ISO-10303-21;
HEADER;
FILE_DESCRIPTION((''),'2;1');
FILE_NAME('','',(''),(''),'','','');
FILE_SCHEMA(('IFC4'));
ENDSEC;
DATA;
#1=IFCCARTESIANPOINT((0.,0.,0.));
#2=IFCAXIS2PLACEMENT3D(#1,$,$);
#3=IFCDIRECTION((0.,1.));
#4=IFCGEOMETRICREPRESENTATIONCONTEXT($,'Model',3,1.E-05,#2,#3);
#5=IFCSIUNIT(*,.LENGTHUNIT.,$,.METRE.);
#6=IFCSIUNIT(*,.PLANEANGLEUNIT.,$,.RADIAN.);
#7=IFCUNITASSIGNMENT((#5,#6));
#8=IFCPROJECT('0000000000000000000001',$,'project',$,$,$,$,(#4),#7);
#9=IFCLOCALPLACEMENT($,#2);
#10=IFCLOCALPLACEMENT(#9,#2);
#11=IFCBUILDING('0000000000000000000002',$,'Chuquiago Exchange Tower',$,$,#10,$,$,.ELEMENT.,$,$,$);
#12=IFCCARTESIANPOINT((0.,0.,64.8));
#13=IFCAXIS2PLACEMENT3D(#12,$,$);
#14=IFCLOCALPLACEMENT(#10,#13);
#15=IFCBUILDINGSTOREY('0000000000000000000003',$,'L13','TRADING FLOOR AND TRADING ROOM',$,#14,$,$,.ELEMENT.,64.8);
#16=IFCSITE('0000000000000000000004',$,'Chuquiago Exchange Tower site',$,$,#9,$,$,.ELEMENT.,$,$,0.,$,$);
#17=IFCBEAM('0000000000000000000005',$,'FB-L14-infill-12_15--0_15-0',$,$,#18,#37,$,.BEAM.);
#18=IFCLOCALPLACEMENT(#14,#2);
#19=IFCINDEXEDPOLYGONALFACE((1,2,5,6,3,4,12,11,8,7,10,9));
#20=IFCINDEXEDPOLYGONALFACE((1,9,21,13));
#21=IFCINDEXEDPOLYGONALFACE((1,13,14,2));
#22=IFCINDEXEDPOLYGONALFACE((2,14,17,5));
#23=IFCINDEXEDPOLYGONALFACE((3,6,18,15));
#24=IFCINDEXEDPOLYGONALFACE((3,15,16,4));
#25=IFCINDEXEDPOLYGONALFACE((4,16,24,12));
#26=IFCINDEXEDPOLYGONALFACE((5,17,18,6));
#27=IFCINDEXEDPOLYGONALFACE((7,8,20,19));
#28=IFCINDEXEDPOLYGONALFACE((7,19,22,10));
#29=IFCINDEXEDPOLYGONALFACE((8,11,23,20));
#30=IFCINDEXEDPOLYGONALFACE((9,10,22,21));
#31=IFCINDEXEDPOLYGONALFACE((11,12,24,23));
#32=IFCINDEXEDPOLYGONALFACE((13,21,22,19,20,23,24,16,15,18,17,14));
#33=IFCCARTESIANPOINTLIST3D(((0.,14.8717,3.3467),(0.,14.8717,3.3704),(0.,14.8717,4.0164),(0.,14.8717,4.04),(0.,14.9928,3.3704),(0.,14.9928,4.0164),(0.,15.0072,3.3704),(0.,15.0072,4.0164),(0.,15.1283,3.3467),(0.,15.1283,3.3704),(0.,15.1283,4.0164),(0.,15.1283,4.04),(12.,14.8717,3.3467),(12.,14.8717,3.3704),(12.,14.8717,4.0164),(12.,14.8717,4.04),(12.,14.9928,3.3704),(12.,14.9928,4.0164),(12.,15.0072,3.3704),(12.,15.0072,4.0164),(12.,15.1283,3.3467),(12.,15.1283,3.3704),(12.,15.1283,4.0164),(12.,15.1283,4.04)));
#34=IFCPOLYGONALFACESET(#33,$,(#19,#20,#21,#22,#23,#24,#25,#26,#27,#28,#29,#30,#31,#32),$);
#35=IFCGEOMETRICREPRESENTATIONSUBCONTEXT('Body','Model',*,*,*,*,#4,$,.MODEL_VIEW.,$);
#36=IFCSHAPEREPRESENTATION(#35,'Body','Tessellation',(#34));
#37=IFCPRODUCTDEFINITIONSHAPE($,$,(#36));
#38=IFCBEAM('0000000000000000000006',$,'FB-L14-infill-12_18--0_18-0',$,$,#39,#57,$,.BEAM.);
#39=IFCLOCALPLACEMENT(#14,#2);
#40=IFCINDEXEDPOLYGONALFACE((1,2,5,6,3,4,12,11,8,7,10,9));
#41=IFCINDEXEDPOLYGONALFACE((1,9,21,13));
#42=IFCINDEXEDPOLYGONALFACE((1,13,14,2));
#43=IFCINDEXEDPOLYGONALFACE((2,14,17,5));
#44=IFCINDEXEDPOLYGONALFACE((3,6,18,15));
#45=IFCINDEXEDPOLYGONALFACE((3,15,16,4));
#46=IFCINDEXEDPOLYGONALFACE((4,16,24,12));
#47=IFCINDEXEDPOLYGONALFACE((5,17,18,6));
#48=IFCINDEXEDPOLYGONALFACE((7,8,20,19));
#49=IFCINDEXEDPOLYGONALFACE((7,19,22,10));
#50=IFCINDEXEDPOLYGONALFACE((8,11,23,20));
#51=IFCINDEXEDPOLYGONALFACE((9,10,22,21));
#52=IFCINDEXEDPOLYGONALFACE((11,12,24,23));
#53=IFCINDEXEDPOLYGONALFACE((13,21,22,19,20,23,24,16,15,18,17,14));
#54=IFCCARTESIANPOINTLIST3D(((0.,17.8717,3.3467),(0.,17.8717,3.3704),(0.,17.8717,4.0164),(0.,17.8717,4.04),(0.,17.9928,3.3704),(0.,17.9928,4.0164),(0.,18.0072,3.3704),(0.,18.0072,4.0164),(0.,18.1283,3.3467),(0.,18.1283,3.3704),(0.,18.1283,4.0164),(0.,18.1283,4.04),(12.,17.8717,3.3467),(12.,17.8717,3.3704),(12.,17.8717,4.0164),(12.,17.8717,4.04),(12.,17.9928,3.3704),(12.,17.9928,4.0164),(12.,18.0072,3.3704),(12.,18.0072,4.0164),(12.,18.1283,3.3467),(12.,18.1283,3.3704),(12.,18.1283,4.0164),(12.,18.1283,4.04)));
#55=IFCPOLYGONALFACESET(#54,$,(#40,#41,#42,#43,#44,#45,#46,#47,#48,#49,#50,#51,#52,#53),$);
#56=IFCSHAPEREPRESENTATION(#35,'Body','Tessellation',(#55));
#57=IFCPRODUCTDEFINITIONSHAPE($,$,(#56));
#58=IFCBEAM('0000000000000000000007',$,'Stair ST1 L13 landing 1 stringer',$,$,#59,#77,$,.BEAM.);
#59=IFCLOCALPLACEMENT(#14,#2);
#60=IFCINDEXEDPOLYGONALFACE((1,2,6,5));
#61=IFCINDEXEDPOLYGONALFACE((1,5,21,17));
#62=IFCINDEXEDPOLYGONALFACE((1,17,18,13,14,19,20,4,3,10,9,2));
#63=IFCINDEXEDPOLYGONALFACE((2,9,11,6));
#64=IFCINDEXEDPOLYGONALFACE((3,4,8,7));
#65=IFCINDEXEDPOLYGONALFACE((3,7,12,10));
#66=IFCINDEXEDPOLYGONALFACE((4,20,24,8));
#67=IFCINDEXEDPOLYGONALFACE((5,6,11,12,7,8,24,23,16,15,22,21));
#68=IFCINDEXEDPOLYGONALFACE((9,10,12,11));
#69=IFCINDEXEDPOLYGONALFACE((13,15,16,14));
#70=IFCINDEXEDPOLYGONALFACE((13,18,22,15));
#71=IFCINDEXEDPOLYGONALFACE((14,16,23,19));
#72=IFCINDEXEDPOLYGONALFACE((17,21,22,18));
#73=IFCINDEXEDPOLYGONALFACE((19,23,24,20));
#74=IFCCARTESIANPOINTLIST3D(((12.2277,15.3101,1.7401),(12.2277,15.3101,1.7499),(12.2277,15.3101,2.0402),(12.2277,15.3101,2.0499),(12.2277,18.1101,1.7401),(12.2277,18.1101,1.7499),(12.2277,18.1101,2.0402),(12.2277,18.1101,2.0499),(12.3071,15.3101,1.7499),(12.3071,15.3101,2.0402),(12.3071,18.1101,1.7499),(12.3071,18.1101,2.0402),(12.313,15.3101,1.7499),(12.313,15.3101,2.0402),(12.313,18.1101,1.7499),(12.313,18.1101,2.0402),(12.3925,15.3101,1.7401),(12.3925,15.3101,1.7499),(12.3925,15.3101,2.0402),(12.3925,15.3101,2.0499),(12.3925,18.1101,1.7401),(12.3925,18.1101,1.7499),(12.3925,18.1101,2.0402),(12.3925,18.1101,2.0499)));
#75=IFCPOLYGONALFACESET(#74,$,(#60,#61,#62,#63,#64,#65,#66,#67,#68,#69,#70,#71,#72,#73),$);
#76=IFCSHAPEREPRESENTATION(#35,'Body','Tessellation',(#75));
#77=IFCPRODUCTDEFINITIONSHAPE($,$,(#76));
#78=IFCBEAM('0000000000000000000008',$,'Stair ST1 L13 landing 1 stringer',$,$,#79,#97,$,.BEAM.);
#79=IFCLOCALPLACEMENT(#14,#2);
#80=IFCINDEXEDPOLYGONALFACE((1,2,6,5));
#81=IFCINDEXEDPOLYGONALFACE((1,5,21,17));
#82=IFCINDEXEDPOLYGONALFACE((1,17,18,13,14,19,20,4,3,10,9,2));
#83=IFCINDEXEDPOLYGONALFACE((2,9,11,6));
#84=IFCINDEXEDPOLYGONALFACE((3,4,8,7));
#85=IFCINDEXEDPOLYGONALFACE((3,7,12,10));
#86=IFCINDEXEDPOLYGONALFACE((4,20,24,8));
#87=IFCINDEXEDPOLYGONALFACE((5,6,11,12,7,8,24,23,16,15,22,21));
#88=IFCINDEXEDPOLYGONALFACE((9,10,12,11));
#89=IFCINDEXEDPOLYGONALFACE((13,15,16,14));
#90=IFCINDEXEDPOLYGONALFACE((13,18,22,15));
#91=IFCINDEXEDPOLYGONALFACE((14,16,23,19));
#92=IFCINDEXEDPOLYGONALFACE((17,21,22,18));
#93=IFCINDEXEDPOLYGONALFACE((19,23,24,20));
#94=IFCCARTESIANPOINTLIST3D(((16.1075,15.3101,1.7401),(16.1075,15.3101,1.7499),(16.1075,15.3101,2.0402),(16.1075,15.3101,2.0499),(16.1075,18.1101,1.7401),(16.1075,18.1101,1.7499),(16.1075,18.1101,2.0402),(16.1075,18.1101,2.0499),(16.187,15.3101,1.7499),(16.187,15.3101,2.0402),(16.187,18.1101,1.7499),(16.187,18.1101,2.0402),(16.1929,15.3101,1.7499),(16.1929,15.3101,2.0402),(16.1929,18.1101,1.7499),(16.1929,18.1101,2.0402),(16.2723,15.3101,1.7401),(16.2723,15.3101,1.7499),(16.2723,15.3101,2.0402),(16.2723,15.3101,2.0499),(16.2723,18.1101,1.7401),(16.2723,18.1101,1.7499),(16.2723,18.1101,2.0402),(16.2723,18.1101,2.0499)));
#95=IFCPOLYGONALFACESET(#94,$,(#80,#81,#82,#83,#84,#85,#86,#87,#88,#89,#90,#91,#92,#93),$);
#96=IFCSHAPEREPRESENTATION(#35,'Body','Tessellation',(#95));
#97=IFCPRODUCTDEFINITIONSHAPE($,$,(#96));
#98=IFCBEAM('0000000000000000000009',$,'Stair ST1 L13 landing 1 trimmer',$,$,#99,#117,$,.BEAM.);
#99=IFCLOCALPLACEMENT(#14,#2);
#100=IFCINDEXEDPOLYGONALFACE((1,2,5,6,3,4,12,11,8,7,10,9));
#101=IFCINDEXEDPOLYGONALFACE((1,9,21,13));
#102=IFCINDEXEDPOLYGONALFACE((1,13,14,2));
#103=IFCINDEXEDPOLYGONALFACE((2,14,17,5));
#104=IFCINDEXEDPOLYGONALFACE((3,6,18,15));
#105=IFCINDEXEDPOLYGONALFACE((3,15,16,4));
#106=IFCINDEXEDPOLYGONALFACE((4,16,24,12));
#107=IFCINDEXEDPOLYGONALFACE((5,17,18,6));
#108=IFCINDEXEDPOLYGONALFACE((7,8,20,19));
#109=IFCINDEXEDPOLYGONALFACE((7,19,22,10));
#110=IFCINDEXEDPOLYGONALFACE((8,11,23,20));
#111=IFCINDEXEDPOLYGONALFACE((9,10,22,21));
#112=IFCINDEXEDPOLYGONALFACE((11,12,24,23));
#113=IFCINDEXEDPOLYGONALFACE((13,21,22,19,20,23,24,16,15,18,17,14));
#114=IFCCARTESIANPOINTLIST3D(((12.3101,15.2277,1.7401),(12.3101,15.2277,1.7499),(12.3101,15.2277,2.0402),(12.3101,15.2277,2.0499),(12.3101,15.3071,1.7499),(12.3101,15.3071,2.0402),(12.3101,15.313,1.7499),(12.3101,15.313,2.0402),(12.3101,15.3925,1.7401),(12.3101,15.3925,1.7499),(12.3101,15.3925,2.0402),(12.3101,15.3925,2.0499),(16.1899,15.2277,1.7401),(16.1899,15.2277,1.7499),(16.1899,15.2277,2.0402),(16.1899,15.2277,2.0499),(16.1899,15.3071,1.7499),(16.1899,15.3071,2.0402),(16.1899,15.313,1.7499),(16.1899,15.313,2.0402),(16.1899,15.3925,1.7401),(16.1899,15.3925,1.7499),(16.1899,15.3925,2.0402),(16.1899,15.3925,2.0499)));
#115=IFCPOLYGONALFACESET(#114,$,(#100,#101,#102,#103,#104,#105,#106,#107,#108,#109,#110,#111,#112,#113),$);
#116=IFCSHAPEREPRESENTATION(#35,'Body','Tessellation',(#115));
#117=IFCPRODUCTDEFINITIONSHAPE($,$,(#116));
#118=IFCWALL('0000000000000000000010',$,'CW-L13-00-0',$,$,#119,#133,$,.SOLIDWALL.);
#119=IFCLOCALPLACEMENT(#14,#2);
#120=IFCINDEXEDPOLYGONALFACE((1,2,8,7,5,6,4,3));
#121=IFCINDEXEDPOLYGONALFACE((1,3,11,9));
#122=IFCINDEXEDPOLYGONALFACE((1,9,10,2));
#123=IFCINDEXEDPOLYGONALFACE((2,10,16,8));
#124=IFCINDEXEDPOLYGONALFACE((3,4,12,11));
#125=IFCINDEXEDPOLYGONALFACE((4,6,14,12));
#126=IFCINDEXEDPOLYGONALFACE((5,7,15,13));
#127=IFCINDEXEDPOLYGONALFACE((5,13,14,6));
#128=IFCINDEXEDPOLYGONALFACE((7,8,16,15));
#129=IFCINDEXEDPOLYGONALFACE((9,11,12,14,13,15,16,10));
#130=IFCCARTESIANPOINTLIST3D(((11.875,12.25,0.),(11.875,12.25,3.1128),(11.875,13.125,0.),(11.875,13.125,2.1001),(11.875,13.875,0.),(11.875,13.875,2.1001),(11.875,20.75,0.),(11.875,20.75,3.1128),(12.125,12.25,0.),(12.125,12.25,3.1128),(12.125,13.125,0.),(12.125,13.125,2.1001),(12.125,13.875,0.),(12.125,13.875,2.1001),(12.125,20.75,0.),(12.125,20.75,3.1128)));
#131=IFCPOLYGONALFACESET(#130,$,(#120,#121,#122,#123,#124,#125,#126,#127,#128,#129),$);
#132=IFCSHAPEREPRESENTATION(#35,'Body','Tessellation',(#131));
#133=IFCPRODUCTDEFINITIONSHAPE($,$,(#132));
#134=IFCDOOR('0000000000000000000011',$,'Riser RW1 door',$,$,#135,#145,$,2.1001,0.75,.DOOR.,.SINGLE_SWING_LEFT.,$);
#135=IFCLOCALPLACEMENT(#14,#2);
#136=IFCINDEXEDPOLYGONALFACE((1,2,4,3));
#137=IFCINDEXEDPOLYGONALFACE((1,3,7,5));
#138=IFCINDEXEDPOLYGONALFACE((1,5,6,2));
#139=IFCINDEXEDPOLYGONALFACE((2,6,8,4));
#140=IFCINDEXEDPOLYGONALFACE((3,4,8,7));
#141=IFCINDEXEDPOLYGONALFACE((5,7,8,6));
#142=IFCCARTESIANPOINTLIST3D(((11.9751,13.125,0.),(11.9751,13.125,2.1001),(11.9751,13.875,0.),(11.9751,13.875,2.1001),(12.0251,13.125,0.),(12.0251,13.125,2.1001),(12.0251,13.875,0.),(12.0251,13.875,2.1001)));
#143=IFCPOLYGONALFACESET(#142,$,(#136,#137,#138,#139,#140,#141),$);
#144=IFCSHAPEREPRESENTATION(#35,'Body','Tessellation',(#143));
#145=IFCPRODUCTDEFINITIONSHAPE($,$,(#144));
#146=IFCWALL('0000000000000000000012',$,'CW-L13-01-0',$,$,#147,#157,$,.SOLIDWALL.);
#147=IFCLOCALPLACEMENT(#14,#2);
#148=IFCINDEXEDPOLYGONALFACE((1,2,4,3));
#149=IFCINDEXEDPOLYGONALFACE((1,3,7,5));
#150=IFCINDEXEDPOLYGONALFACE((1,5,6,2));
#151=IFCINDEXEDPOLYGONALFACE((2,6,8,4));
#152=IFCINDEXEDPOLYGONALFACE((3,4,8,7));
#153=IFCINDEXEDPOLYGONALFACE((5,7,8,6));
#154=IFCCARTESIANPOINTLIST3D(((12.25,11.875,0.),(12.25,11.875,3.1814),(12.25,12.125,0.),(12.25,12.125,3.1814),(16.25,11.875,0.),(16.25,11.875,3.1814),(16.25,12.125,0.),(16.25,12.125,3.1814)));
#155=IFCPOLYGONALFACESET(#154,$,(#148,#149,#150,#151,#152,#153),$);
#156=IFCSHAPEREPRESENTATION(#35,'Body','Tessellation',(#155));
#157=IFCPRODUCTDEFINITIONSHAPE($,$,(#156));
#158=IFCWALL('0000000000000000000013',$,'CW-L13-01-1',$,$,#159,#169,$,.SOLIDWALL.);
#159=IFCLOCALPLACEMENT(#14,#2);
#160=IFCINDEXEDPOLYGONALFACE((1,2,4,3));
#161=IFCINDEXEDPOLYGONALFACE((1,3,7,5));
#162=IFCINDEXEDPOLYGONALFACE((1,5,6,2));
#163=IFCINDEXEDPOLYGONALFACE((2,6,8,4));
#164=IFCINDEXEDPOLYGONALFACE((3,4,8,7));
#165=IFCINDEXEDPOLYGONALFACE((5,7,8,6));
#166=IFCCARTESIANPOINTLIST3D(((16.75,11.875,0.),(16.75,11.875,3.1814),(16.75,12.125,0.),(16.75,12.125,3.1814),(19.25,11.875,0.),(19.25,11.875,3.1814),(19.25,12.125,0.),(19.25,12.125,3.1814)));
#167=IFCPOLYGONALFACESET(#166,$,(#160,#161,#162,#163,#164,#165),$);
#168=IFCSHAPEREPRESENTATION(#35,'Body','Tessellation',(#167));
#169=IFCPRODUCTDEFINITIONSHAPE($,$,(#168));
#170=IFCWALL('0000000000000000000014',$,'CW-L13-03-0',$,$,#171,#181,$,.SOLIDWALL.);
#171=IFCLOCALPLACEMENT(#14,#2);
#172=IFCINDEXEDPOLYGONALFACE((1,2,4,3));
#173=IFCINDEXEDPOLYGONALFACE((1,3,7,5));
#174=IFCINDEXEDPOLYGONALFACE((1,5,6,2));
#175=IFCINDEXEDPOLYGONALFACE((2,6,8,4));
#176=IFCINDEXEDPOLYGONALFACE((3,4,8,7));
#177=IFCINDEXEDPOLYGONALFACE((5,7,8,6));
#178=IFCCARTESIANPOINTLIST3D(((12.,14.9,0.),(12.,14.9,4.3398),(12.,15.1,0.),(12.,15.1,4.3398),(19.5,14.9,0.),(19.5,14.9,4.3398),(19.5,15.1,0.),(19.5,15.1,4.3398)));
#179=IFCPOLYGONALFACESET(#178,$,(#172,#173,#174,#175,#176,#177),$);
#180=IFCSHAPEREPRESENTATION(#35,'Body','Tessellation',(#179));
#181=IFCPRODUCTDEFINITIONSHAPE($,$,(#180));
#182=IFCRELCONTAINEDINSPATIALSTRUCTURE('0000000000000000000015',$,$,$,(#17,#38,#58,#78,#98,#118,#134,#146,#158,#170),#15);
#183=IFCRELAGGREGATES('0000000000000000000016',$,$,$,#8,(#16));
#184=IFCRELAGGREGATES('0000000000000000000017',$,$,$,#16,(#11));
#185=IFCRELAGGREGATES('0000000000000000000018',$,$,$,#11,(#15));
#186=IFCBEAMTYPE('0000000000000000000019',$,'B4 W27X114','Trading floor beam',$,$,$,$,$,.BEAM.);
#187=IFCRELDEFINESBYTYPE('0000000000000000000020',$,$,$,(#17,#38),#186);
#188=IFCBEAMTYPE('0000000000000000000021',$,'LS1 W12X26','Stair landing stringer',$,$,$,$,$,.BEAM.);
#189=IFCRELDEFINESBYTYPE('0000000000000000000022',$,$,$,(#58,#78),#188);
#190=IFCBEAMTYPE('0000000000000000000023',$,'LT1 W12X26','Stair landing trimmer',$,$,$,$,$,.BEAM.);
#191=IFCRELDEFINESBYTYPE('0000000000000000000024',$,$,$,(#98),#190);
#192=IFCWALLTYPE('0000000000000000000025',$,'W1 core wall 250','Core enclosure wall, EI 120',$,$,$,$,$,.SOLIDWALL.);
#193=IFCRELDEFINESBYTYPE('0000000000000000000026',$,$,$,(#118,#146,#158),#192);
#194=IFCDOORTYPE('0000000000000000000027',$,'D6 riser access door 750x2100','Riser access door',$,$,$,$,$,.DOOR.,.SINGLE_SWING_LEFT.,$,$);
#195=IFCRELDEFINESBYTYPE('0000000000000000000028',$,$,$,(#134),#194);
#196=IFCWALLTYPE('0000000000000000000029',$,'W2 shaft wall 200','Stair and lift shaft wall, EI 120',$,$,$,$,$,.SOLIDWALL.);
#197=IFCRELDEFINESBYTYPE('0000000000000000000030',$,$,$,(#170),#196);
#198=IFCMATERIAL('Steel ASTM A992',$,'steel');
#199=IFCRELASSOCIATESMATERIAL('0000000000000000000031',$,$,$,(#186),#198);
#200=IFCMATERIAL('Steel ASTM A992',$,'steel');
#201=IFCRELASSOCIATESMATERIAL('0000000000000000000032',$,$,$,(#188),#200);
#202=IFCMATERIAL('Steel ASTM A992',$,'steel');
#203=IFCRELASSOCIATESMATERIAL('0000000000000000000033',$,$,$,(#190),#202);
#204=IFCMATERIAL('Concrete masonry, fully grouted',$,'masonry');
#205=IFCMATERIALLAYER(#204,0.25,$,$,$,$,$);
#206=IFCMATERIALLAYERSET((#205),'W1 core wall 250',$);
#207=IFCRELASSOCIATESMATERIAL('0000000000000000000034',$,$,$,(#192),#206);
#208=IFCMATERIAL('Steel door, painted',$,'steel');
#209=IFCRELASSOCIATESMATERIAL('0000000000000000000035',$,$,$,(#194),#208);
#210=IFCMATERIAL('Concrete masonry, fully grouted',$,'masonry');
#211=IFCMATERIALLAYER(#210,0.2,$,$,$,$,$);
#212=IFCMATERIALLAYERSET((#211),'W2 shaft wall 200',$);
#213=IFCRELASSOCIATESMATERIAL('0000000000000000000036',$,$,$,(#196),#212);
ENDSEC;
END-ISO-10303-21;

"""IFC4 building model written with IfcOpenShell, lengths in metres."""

from ifc_helpers import new_model, si_unit, direction, frame, frame_2d, origin, origin_2d, place, context, subcontext, project, spatial, rectangle, i_section, extrude, material, layer, layer_set, material_profile, profile_set, type_object, element, fill, save


model = new_model("IFC4")

# Units and contexts
model_context = context("Model", 3, precision=1e-05, world=origin(), true_north=direction((0.0, 1.0)))
body_context = subcontext(model_context, "Body", "Model", "MODEL_VIEW")
ifc_project = project(units=[si_unit("LENGTHUNIT", "METRE"), si_unit("PLANEANGLEUNIT", "RADIAN")], contexts=[model_context])

# Site, building, storey
site_placement = place(None, origin())
site = spatial("IfcSite", under=ifc_project, at=site_placement, Name="Chuquiago Exchange Tower site", CompositionType="ELEMENT", RefElevation=0.0)
building_placement = place(site_placement, origin())
building = spatial("IfcBuilding", under=site, at=building_placement, Name="Chuquiago Exchange Tower", CompositionType="ELEMENT")
storey_placement = place(building_placement, frame((0.0, 0.0, 64.8)))
storey = spatial("IfcBuildingStorey", under=building, at=storey_placement, Name="L13", Description="TRADING FLOOR AND TRADING ROOM", CompositionType="ELEMENT", Elevation=64.8)

# Beams
ifc_material_1 = material(Name="Steel ASTM A992", Category="steel")
ifc_material_profile_1 = material_profile(ifc_material_1, i_section(OverallWidth=0.2566, OverallDepth=0.6934, WebThickness=0.0144, FlangeThickness=0.0237, at=origin_2d()), Name="W27X114")
ifc_profile_set_1 = profile_set([ifc_material_profile_1], Name="Steel ASTM A992")
beam_type_1 = type_object("IfcBeamType", Name="B4 W27X114", Description="Trading floor beam", PredefinedType="BEAM", material=ifc_profile_set_1)
for number, where, z_axis, x_axis, name in (
    (1, (12.0, 15.0, 3.6934), (-1.0, 0.0, 0.0), (0.0, -1.0, 0.0), "FB-L14-infill-12_15--0_15-0"),
    (2, (12.0, 18.0, 3.6934), (-1.0, 0.0, 0.0), (0.0, -1.0, 0.0), "FB-L14-infill-12_18--0_18-0"),
):
    element("IfcBeam", number, at=place(storey_placement, frame(where, z_axis=z_axis, x_axis=x_axis)), inside=storey, type_object=beam_type_1, Name=name, PredefinedType="BEAM", context=body_context, shape_type="SweptSolid", body=[
        extrude(i_section(OverallWidth=0.2566, OverallDepth=0.6934, WebThickness=0.0144, FlangeThickness=0.0237, at=origin_2d()), origin(), (0.0, 0.0, 1.0), 12.0),
    ])
ifc_material_2 = material(Name="Steel ASTM A992", Category="steel")
ifc_material_profile_2 = material_profile(ifc_material_2, i_section(OverallWidth=0.1648, OverallDepth=0.3098, WebThickness=0.0059, FlangeThickness=0.0098, at=origin_2d()), Name="W12X26")
ifc_profile_set_2 = profile_set([ifc_material_profile_2], Name="Steel ASTM A992")
beam_type_2 = type_object("IfcBeamType", Name="LS1 W12X26", Description="Stair landing stringer", PredefinedType="BEAM", material=ifc_profile_set_2)
for number, where, z_axis, x_axis, name in (
    (3, (12.3101, 15.3101, 1.895), (0.0, 1.0, 0.0), (-1.0, 0.0, 0.0), "Stair ST1 L13 landing 1 stringer"),
    (4, (16.1899, 15.3101, 1.895), (0.0, 1.0, 0.0), (-1.0, 0.0, 0.0), "Stair ST1 L13 landing 1 stringer"),
):
    element("IfcBeam", number, at=place(storey_placement, frame(where, z_axis=z_axis, x_axis=x_axis)), inside=storey, type_object=beam_type_2, Name=name, PredefinedType="BEAM", context=body_context, shape_type="SweptSolid", body=[
        extrude(i_section(OverallWidth=0.1648, OverallDepth=0.3098, WebThickness=0.0059, FlangeThickness=0.0098, at=origin_2d()), origin(), (0.0, 0.0, 1.0), 2.8),
    ])
ifc_material_3 = material(Name="Steel ASTM A992", Category="steel")
ifc_material_profile_3 = material_profile(ifc_material_3, i_section(OverallWidth=0.1648, OverallDepth=0.3098, WebThickness=0.0059, FlangeThickness=0.0098, at=origin_2d()), Name="W12X26")
ifc_profile_set_3 = profile_set([ifc_material_profile_3], Name="Steel ASTM A992")
beam_type_3 = type_object("IfcBeamType", Name="LT1 W12X26", Description="Stair landing trimmer", PredefinedType="BEAM", material=ifc_profile_set_3)
beam_1_placement = place(storey_placement, frame((12.3101, 15.3101, 1.895), z_axis=(1.0, 0.0, 0.0), x_axis=(0.0, 1.0, 0.0)))
element("IfcBeam", 5, at=beam_1_placement, inside=storey, type_object=beam_type_3, Name="Stair ST1 L13 landing 1 trimmer", PredefinedType="BEAM", context=body_context, shape_type="SweptSolid", body=[
    extrude(i_section(OverallWidth=0.1648, OverallDepth=0.3098, WebThickness=0.0059, FlangeThickness=0.0098, at=origin_2d()), origin(), (0.0, 0.0, 1.0), 3.8799),
])

# Wall, opening, door
ifc_material_4 = material(Name="Concrete masonry, fully grouted", Category="masonry")
ifc_layer_1 = layer(ifc_material_4, 0.25)
ifc_layer_set_1 = layer_set([ifc_layer_1], Name="W1 core wall 250")
wall_type_1 = type_object("IfcWallType", Name="W1 core wall 250", Description="Core enclosure wall, EI 120", PredefinedType="SOLIDWALL", material=ifc_layer_set_1)
wall_1_placement = place(storey_placement, frame((12.0, 12.25, 0.0), z_axis=(0.0, 0.0, 1.0), x_axis=(0.0, 1.0, 0.0)))
wall_1 = element("IfcWall", 6, at=wall_1_placement, inside=storey, type_object=wall_type_1, Name="CW-L13-00-0", PredefinedType="SOLIDWALL", context=body_context, shape_type="SweptSolid", body=[
    extrude(rectangle(XDim=8.5, YDim=0.25, at=frame_2d((4.25, 0.0))), origin(), (0.0, 0.0, 1.0), 3.1128),
])
opening_placement = place(wall_1_placement, frame((0.875, 0.0, 0.0)))
opening = element("IfcOpeningElement", 7, at=opening_placement, cuts=wall_1, PredefinedType="OPENING", context=body_context, shape_type="SweptSolid", body=[
    extrude(rectangle(XDim=0.75, YDim=2.1001, at=frame_2d((0.375, 1.05))), frame((0.0, 0.135, 0.0), z_axis=(0.0, -1.0, 0.0), x_axis=(1.0, 0.0, 0.0)), (0.0, 0.0, 1.0), 0.27),
])
ifc_material_5 = material(Name="Steel door, painted", Category="steel")
door_type = type_object("IfcDoorType", Name="D6 riser access door 750x2100", Description="Riser access door", OperationType="SINGLE_SWING_LEFT", PredefinedType="DOOR", material=ifc_material_5)
door_placement = place(opening_placement, origin())
door = element("IfcDoor", 8, at=door_placement, inside=storey, type_object=door_type, Name="Riser RW1 door", OperationType="SINGLE_SWING_LEFT", OverallHeight=2.1001, OverallWidth=0.75, PredefinedType="DOOR", context=body_context, shape_type="SweptSolid", body=[
    extrude(rectangle(XDim=0.75, YDim=2.1001, at=frame_2d((0.375, 1.05))), frame((0.0, 0.0249, 0.0), z_axis=(0.0, -1.0, 0.0), x_axis=(1.0, 0.0, 0.0)), (0.0, 0.0, 1.0), 0.05),
])
fill(opening, door)

# Walls
wall_2_placement = place(storey_placement, frame((12.25, 12.0, 0.0), z_axis=(0.0, 0.0, 1.0), x_axis=(1.0, 0.0, 0.0)))
element("IfcWall", 9, at=wall_2_placement, inside=storey, type_object=wall_type_1, Name="CW-L13-01-0", PredefinedType="SOLIDWALL", context=body_context, shape_type="SweptSolid", body=[
    extrude(rectangle(XDim=4.0, YDim=0.25, at=frame_2d((2.0, 0.0))), origin(), (0.0, 0.0, 1.0), 3.1814),
])
wall_3_placement = place(storey_placement, frame((16.75, 12.0, 0.0), z_axis=(0.0, 0.0, 1.0), x_axis=(1.0, 0.0, 0.0)))
element("IfcWall", 10, at=wall_3_placement, inside=storey, type_object=wall_type_1, Name="CW-L13-01-1", PredefinedType="SOLIDWALL", context=body_context, shape_type="SweptSolid", body=[
    extrude(rectangle(XDim=2.5, YDim=0.25, at=frame_2d((1.25, 0.0))), origin(), (0.0, 0.0, 1.0), 3.1814),
])
ifc_material_6 = material(Name="Concrete masonry, fully grouted", Category="masonry")
ifc_layer_2 = layer(ifc_material_6, 0.2)
ifc_layer_set_2 = layer_set([ifc_layer_2], Name="W2 shaft wall 200")
wall_type_2 = type_object("IfcWallType", Name="W2 shaft wall 200", Description="Stair and lift shaft wall, EI 120", PredefinedType="SOLIDWALL", material=ifc_layer_set_2)
wall_4_placement = place(storey_placement, frame((12.0, 15.0, 0.0), z_axis=(0.0, 0.0, 1.0), x_axis=(1.0, 0.0, 0.0)))
element("IfcWall", 11, at=wall_4_placement, inside=storey, type_object=wall_type_2, Name="CW-L13-03-0", PredefinedType="SOLIDWALL", context=body_context, shape_type="SweptSolid", body=[
    extrude(rectangle(XDim=7.5, YDim=0.2, at=frame_2d((3.75, 0.0))), origin(), (0.0, 0.0, 1.0), 4.3398),
])

save(model, "model.ifc")
